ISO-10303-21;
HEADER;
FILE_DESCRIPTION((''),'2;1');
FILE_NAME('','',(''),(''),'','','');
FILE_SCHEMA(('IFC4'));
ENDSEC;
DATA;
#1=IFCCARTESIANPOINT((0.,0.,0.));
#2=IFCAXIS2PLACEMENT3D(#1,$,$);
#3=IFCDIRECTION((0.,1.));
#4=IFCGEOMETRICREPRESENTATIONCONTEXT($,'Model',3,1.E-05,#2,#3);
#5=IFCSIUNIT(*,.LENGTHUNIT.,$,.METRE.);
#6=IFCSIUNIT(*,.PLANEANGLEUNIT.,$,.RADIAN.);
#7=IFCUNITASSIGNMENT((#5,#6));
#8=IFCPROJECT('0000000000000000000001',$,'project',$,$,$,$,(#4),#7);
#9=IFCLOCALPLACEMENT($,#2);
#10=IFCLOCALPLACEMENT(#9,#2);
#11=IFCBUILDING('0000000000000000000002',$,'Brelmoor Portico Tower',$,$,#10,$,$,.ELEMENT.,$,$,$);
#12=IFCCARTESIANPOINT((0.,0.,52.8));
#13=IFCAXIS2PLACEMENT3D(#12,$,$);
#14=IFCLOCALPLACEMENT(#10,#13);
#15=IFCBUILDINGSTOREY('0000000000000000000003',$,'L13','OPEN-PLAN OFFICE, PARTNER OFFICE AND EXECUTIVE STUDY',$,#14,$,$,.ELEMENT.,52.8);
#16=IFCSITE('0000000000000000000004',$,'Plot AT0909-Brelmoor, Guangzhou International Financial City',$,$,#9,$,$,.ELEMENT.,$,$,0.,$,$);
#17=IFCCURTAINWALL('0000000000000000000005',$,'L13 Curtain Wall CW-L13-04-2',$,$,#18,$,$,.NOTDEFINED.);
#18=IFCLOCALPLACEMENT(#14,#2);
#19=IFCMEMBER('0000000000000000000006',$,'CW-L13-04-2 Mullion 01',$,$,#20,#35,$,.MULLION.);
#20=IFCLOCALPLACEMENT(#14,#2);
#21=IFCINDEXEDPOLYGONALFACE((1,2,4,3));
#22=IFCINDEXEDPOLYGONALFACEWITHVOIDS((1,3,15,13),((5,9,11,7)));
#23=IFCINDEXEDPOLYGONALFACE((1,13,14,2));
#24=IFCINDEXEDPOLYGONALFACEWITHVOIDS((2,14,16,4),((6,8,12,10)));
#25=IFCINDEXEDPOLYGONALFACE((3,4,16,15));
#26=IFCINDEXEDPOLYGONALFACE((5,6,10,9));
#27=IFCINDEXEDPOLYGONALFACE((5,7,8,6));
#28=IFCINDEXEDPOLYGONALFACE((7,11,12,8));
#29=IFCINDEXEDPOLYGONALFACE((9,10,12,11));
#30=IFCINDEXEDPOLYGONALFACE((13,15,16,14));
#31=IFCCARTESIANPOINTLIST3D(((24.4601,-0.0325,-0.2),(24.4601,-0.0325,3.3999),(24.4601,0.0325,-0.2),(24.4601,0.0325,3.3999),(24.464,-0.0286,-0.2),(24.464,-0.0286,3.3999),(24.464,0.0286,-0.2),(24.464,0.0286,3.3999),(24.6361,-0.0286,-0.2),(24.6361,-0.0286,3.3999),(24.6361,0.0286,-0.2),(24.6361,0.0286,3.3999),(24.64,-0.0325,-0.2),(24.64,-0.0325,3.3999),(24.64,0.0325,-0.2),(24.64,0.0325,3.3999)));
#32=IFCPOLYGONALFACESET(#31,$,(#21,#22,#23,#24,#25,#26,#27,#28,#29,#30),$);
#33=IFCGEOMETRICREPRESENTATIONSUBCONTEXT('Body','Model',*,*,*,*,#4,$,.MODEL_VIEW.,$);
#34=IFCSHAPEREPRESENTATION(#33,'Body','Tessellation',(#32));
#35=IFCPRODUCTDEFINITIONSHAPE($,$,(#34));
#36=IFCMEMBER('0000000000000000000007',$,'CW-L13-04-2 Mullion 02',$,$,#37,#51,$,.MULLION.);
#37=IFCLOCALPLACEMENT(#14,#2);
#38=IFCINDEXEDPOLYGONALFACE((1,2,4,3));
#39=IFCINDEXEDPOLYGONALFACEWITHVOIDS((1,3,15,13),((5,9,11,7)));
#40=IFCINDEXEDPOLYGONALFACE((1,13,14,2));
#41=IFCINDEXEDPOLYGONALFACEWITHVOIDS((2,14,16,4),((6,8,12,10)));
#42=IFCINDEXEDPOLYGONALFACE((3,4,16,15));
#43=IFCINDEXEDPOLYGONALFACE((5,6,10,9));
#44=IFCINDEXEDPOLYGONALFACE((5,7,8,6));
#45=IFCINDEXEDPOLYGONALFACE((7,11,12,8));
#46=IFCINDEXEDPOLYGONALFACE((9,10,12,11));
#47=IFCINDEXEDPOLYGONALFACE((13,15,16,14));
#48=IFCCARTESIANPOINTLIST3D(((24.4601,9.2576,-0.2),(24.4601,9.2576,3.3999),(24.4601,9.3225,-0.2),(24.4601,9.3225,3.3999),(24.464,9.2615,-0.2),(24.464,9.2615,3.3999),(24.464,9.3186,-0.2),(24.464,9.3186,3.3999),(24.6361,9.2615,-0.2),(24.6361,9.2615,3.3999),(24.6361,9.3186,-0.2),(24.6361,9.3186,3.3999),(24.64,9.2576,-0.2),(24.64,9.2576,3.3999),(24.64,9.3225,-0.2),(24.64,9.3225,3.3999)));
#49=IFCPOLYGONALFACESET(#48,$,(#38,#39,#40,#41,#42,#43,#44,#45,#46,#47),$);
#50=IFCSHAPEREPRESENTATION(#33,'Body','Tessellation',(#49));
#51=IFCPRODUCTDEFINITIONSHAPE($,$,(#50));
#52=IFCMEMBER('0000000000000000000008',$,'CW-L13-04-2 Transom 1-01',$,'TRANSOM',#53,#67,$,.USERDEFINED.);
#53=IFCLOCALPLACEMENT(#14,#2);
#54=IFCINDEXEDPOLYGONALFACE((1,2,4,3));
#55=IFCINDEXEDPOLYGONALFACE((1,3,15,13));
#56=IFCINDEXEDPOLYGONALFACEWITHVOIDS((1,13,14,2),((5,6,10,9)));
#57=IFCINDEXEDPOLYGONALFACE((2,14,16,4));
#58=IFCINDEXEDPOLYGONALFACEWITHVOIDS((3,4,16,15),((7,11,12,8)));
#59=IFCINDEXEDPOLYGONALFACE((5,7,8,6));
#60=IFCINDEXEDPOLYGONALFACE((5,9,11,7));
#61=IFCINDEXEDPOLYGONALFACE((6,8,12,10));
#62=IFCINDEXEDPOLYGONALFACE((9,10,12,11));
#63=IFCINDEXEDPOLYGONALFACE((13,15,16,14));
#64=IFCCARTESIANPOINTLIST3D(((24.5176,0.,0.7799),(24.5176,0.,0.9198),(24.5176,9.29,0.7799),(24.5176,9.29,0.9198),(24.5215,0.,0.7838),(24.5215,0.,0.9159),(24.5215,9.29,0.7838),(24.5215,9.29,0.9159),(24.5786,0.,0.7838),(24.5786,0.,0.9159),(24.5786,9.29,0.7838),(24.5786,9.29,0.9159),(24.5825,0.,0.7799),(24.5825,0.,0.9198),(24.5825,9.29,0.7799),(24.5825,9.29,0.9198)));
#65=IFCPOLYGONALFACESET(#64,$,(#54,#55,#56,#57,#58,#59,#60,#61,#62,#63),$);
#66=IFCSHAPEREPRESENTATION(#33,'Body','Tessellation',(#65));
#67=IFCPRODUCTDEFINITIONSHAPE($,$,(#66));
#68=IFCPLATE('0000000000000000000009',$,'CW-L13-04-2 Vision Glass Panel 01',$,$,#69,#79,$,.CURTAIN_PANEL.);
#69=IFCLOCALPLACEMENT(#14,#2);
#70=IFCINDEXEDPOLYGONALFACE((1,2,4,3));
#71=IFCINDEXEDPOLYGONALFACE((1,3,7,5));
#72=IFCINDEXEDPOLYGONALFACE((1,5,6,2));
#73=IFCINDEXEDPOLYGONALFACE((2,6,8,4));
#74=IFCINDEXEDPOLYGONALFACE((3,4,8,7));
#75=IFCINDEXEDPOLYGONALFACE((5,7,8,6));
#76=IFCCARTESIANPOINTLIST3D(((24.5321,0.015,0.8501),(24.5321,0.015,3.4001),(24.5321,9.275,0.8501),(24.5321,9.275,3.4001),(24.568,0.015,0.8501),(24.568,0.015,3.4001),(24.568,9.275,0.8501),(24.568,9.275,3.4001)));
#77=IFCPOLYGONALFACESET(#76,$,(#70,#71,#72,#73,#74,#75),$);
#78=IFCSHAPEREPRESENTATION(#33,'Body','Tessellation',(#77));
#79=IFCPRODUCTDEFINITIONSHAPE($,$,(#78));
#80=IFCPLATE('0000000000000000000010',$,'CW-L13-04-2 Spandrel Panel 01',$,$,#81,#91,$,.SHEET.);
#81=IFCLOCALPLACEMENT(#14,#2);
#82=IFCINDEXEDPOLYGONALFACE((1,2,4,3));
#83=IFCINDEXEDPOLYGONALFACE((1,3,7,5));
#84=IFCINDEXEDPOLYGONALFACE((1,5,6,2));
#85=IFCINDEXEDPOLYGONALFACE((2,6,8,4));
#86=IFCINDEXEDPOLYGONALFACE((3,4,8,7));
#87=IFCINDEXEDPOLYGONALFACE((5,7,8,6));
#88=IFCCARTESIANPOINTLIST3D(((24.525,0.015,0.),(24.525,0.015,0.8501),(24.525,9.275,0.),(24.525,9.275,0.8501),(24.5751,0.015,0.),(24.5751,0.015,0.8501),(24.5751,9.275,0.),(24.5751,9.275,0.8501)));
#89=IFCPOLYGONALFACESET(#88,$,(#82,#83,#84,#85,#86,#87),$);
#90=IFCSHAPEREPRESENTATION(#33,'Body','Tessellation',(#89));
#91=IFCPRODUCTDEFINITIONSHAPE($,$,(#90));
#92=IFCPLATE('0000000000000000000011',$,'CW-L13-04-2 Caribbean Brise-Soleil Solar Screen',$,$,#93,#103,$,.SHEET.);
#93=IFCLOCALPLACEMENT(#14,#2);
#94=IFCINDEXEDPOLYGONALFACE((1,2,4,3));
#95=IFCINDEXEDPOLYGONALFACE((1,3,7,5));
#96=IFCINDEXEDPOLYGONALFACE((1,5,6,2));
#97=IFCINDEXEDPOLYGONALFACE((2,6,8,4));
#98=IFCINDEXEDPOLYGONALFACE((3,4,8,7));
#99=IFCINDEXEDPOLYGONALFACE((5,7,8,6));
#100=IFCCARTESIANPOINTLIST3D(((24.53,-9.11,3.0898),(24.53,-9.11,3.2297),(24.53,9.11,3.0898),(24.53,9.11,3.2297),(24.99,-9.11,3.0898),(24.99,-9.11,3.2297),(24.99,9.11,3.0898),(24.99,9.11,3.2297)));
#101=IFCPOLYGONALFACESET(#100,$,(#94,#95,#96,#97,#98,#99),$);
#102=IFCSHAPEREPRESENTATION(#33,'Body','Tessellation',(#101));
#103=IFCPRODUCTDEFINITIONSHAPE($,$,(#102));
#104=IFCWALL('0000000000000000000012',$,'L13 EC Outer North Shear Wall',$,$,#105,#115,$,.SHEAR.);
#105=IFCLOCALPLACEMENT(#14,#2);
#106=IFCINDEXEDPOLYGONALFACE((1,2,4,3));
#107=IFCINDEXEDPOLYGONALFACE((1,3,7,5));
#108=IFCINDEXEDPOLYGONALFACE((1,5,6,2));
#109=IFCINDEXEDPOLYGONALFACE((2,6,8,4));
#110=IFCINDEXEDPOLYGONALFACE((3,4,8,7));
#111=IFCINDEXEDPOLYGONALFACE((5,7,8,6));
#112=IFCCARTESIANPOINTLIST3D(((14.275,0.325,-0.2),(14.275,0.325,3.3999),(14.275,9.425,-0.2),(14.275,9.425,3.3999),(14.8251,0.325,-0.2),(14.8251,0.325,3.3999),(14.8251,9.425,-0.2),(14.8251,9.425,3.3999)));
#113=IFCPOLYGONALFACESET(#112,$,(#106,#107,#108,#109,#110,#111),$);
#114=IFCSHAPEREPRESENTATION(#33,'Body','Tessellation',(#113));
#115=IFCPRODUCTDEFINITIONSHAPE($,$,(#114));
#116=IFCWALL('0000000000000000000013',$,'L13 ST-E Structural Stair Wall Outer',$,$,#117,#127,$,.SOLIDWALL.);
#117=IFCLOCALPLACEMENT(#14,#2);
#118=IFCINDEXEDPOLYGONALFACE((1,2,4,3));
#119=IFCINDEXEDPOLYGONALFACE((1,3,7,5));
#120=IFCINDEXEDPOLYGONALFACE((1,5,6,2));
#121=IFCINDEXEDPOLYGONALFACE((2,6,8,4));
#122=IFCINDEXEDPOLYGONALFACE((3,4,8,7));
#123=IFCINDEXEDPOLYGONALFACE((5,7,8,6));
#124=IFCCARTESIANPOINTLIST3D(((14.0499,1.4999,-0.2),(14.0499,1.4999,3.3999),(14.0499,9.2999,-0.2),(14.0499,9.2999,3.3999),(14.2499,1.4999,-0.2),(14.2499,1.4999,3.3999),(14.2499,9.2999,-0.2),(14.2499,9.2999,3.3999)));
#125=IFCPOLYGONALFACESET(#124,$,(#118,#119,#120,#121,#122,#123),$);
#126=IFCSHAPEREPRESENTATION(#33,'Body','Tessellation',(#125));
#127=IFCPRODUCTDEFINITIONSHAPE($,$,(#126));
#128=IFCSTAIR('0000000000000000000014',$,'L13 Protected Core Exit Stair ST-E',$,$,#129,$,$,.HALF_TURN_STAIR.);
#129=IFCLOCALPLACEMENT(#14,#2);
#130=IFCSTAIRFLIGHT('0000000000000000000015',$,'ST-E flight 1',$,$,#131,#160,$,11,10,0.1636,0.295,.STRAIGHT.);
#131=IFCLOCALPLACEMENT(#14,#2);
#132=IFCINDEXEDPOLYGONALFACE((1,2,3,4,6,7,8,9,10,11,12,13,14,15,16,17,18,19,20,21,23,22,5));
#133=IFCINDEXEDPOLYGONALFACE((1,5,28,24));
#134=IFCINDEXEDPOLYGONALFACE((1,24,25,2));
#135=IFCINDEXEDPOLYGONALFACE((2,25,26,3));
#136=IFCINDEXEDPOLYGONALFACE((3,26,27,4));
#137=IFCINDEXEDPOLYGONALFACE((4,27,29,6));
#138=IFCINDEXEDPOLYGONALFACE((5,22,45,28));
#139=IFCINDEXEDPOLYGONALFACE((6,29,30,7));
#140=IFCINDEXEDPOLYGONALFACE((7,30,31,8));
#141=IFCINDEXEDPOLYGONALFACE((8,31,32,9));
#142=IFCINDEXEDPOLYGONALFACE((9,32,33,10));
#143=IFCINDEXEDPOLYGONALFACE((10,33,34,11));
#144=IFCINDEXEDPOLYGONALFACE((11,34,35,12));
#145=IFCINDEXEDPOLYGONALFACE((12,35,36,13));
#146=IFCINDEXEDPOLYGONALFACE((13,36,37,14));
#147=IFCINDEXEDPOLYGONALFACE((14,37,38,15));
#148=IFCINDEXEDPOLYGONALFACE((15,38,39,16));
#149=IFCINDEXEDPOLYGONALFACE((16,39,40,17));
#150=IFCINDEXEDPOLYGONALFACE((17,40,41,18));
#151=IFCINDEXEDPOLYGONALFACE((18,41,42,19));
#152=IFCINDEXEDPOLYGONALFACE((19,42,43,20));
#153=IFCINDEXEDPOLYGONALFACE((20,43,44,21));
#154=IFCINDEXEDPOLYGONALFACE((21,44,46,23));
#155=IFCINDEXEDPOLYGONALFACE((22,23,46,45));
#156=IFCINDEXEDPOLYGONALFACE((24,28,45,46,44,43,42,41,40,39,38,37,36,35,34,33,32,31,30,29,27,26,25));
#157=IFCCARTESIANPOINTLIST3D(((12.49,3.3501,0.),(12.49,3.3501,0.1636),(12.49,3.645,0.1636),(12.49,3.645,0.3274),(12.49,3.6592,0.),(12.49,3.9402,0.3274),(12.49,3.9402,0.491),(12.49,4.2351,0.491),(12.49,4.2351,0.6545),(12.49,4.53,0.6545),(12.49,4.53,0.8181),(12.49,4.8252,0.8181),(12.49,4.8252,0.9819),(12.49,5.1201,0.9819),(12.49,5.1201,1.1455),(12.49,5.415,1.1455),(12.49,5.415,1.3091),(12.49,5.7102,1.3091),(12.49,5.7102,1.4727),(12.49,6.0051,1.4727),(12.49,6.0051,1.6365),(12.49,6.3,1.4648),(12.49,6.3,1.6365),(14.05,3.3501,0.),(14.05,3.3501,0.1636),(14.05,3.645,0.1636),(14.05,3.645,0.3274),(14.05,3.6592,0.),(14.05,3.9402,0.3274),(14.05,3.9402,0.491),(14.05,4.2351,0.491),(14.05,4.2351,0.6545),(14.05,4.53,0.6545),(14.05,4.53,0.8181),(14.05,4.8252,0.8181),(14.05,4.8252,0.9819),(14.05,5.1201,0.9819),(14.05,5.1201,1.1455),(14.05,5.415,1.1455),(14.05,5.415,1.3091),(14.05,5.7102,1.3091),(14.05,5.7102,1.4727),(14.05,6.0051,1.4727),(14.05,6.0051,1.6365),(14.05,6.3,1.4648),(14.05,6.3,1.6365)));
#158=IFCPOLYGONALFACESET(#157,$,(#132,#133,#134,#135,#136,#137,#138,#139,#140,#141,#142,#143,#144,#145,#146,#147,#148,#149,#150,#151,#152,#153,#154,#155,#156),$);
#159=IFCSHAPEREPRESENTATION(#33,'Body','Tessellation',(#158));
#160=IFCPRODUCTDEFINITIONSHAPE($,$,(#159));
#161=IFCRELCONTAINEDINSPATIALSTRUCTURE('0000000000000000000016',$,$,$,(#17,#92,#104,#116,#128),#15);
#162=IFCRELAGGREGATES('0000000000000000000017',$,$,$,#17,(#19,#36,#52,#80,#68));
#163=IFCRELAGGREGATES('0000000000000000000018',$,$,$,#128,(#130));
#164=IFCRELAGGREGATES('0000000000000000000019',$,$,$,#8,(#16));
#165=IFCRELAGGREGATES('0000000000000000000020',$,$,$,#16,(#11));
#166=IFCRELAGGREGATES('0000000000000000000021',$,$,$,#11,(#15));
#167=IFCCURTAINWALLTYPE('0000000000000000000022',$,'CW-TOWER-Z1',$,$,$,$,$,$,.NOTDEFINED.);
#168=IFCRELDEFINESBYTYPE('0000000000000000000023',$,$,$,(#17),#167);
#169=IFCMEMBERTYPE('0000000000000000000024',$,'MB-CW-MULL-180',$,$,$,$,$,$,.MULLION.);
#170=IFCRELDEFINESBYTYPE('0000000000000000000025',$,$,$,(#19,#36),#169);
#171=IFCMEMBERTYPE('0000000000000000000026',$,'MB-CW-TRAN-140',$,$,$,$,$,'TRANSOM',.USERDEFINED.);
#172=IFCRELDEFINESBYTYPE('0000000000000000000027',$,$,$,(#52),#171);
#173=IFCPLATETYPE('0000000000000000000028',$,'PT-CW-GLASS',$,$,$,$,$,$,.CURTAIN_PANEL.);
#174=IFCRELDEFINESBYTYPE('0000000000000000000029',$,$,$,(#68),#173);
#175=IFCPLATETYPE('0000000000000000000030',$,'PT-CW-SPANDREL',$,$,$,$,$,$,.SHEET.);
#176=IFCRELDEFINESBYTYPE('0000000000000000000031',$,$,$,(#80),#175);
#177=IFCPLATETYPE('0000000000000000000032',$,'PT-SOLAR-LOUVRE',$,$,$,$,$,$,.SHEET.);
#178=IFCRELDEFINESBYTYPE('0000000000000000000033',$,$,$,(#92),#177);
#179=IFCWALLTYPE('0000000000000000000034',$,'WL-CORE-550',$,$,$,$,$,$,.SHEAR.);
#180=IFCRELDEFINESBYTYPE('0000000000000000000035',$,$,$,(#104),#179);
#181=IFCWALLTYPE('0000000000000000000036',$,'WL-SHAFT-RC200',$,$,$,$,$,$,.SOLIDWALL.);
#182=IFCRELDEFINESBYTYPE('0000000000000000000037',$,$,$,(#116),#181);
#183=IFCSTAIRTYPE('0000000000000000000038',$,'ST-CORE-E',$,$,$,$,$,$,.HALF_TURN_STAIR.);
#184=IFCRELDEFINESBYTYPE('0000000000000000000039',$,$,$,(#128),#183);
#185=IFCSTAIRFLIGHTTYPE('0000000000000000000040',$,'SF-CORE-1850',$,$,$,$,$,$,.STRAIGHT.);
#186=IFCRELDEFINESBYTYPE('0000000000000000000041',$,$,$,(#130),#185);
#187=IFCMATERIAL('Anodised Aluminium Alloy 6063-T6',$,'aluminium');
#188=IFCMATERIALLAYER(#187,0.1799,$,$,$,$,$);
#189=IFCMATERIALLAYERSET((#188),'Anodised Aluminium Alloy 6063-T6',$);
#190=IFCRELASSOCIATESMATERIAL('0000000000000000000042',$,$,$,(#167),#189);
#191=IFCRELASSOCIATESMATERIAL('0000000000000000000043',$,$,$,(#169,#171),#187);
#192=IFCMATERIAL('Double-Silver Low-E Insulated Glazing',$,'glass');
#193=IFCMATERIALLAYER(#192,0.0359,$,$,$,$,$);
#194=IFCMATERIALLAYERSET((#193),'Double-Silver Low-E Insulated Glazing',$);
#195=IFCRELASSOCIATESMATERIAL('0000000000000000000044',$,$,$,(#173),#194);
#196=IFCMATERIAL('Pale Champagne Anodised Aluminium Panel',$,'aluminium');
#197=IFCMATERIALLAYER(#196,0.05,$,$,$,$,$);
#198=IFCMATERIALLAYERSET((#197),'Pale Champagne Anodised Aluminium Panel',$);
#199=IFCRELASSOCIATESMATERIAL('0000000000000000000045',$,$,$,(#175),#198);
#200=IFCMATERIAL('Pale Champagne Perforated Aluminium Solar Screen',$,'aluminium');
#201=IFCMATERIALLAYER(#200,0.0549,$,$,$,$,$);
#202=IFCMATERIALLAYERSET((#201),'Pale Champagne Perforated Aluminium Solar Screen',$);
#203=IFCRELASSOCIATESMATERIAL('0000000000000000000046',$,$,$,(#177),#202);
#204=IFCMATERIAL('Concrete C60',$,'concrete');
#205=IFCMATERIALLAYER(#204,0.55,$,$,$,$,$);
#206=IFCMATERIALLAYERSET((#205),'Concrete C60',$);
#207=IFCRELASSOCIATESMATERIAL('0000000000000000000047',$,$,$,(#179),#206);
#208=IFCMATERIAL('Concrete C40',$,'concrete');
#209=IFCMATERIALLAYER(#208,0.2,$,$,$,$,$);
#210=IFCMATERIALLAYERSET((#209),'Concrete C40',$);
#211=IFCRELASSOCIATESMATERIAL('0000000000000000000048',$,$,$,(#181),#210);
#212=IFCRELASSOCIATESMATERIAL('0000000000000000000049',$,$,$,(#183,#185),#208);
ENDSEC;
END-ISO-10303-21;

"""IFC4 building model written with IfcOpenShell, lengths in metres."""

from ifc_helpers import new_model, si_unit, direction, frame, frame_2d, origin, origin_2d, place, context, subcontext, project, spatial, polyline, rectangle, hollow_rectangle, outline, extrude, material, layer, layer_set, material_profile, profile_set, type_object, element, aggregate, save


model = new_model("IFC4")

# Units and contexts
model_context = context("Model", 3, precision=1e-05, world=origin(), true_north=direction((0.0, 1.0)))
body_context = subcontext(model_context, "Body", "Model", "MODEL_VIEW")
ifc_project = project(units=[si_unit("LENGTHUNIT", "METRE"), si_unit("PLANEANGLEUNIT", "RADIAN")], contexts=[model_context])

# Site, building, storey
site_placement = place(None, origin())
site = spatial("IfcSite", under=ifc_project, at=site_placement, Name="Plot AT0909-Brelmoor, Guangzhou International Financial City", CompositionType="ELEMENT", RefElevation=0.0)
building_placement = place(site_placement, origin())
building = spatial("IfcBuilding", under=site, at=building_placement, Name="Brelmoor Portico Tower", CompositionType="ELEMENT")
storey_placement = place(building_placement, frame((0.0, 0.0, 52.8)))
storey = spatial("IfcBuildingStorey", under=building, at=storey_placement, Name="L13", Description="OPEN-PLAN OFFICE, PARTNER OFFICE AND EXECUTIVE STUDY", CompositionType="ELEMENT", Elevation=52.8)

# Curtain wall, members, plates
ifc_material_1 = material(Name="Anodised Aluminium Alloy 6063-T6", Category="aluminium")
ifc_layer_1 = layer(ifc_material_1, 0.1799)
ifc_layer_set_1 = layer_set([ifc_layer_1], Name="Anodised Aluminium Alloy 6063-T6")
curtain_wall_type = type_object("IfcCurtainWallType", Name="CW-TOWER-Z1", PredefinedType="NOTDEFINED", material=ifc_layer_set_1)
curtain_wall_placement = place(storey_placement, origin())
curtain_wall = element("IfcCurtainWall", 1, at=curtain_wall_placement, inside=storey, type_object=curtain_wall_type, Name="L13 Curtain Wall CW-L13-04-2", PredefinedType="NOTDEFINED")
ifc_material_profile_1 = material_profile(ifc_material_1, hollow_rectangle(XDim=0.0649, YDim=0.1799, WallThickness=0.0039, at=origin_2d()), Name="ALU MULLION 65x180")
ifc_profile_set_1 = profile_set([ifc_material_profile_1], Name="Anodised Aluminium Alloy 6063-T6")
member_type_1 = type_object("IfcMemberType", Name="MB-CW-MULL-180", PredefinedType="MULLION", material=ifc_profile_set_1)
member_1_placement = place(storey_placement, frame((24.55, 0.0, -0.2), z_axis=(0.0, 0.0, 1.0), x_axis=(0.0, 1.0, 0.0)))
member_1 = element("IfcMember", 2, at=member_1_placement, type_object=member_type_1, Name="CW-L13-04-2 Mullion 01", PredefinedType="MULLION", context=body_context, shape_type="SweptSolid", body=[
    extrude(hollow_rectangle(XDim=0.0649, YDim=0.1799, WallThickness=0.0039, at=origin_2d()), origin(), (0.0, 0.0, 1.0), 3.5999),
])
member_2_placement = place(storey_placement, frame((24.55, 9.29, -0.2), z_axis=(0.0, 0.0, 1.0), x_axis=(0.0, 1.0, 0.0)))
member_2 = element("IfcMember", 3, at=member_2_placement, type_object=member_type_1, Name="CW-L13-04-2 Mullion 02", PredefinedType="MULLION", context=body_context, shape_type="SweptSolid", body=[
    extrude(hollow_rectangle(XDim=0.0649, YDim=0.1799, WallThickness=0.0039, at=origin_2d()), origin(), (0.0, 0.0, 1.0), 3.5999),
])
ifc_material_profile_2 = material_profile(ifc_material_1, hollow_rectangle(XDim=0.0649, YDim=0.1399, WallThickness=0.0039, at=origin_2d()), Name="ALU TRANSOM 65x140")
ifc_profile_set_2 = profile_set([ifc_material_profile_2], Name="Anodised Aluminium Alloy 6063-T6")
member_type_2 = type_object("IfcMemberType", Name="MB-CW-TRAN-140", ElementType="TRANSOM", PredefinedType="USERDEFINED", material=ifc_profile_set_2)
member_3_placement = place(storey_placement, frame((24.55, 0.0, 0.8499), z_axis=(0.0, 1.0, 0.0), x_axis=(-1.0, 0.0, 0.0)))
member_3 = element("IfcMember", 4, at=member_3_placement, type_object=member_type_2, Name="CW-L13-04-2 Transom 1-01", ObjectType="TRANSOM", PredefinedType="USERDEFINED", context=body_context, shape_type="SweptSolid", body=[
    extrude(hollow_rectangle(XDim=0.0649, YDim=0.1399, WallThickness=0.0039, at=origin_2d()), origin(), (0.0, 0.0, 1.0), 9.29),
])
ifc_material_2 = material(Name="Double-Silver Low-E Insulated Glazing", Category="glass")
ifc_layer_2 = layer(ifc_material_2, 0.0359)
ifc_layer_set_2 = layer_set([ifc_layer_2], Name="Double-Silver Low-E Insulated Glazing")
plate_type_1 = type_object("IfcPlateType", Name="PT-CW-GLASS", PredefinedType="CURTAIN_PANEL", material=ifc_layer_set_2)
plate_1_placement = place(storey_placement, frame((24.55, 4.645, 0.8501), z_axis=(0.0, 0.0, 1.0), x_axis=(0.0, 1.0, 0.0)))
plate_1 = element("IfcPlate", 5, at=plate_1_placement, type_object=plate_type_1, Name="CW-L13-04-2 Vision Glass Panel 01", PredefinedType="CURTAIN_PANEL", context=body_context, shape_type="SweptSolid", body=[
    extrude(rectangle(XDim=9.26, YDim=0.0359, at=origin_2d()), origin(), (0.0, 0.0, 1.0), 2.55),
])
ifc_material_3 = material(Name="Pale Champagne Anodised Aluminium Panel", Category="aluminium")
ifc_layer_3 = layer(ifc_material_3, 0.05)
ifc_layer_set_3 = layer_set([ifc_layer_3], Name="Pale Champagne Anodised Aluminium Panel")
plate_type_2 = type_object("IfcPlateType", Name="PT-CW-SPANDREL", PredefinedType="SHEET", material=ifc_layer_set_3)
plate_2_placement = place(storey_placement, frame((24.55, 4.645, 0.0), z_axis=(0.0, 0.0, 1.0), x_axis=(0.0, 1.0, 0.0)))
plate_2 = element("IfcPlate", 6, at=plate_2_placement, type_object=plate_type_2, Name="CW-L13-04-2 Spandrel Panel 01", PredefinedType="SHEET", context=body_context, shape_type="SweptSolid", body=[
    extrude(rectangle(XDim=9.26, YDim=0.05, at=origin_2d()), origin(), (0.0, 0.0, 1.0), 0.8501),
])
aggregate(curtain_wall, [member_1, member_2, member_3, plate_2, plate_1])

# Plate
ifc_material_4 = material(Name="Pale Champagne Perforated Aluminium Solar Screen", Category="aluminium")
ifc_layer_4 = layer(ifc_material_4, 0.0549)
ifc_layer_set_4 = layer_set([ifc_layer_4], Name="Pale Champagne Perforated Aluminium Solar Screen")
plate_type_3 = type_object("IfcPlateType", Name="PT-SOLAR-LOUVRE", PredefinedType="SHEET", material=ifc_layer_set_4)
plate_3_placement = place(storey_placement, frame((24.76, 0.0, 3.0898), z_axis=(0.0, 0.0, 1.0), x_axis=(0.0, 1.0, 0.0)))
element("IfcPlate", 7, at=plate_3_placement, inside=storey, type_object=plate_type_3, Name="CW-L13-04-2 Caribbean Brise-Soleil Solar Screen", PredefinedType="SHEET", context=body_context, shape_type="SweptSolid", body=[
    extrude(rectangle(XDim=18.22, YDim=0.46, at=origin_2d()), origin(), (0.0, 0.0, 1.0), 0.1399),
])

# Walls
ifc_material_5 = material(Name="Concrete C60", Category="concrete")
ifc_layer_5 = layer(ifc_material_5, 0.55)
ifc_layer_set_5 = layer_set([ifc_layer_5], Name="Concrete C60")
wall_type_1 = type_object("IfcWallType", Name="WL-CORE-550", PredefinedType="SHEAR", material=ifc_layer_set_5)
wall_1_placement = place(storey_placement, frame((14.55, 0.325, -0.2), z_axis=(0.0, 0.0, 1.0), x_axis=(0.0, 1.0, 0.0)))
element("IfcWall", 8, at=wall_1_placement, inside=storey, type_object=wall_type_1, Name="L13 EC Outer North Shear Wall", PredefinedType="SHEAR", context=body_context, shape_type="SweptSolid", body=[
    extrude(rectangle(XDim=9.1001, YDim=0.55, at=frame_2d((4.55, 0.0))), origin(), (0.0, 0.0, 1.0), 3.5999),
])
ifc_material_6 = material(Name="Concrete C40", Category="concrete")
ifc_layer_6 = layer(ifc_material_6, 0.2)
ifc_layer_set_6 = layer_set([ifc_layer_6], Name="Concrete C40")
wall_type_2 = type_object("IfcWallType", Name="WL-SHAFT-RC200", PredefinedType="SOLIDWALL", material=ifc_layer_set_6)
wall_2_placement = place(storey_placement, frame((14.1499, 1.5, -0.2), z_axis=(0.0, 0.0, 1.0), x_axis=(0.0, 1.0, 0.0)))
element("IfcWall", 9, at=wall_2_placement, inside=storey, type_object=wall_type_2, Name="L13 ST-E Structural Stair Wall Outer", PredefinedType="SOLIDWALL", context=body_context, shape_type="SweptSolid", body=[
    extrude(rectangle(XDim=7.8, YDim=0.2, at=frame_2d((3.8999, 0.0))), origin(), (0.0, 0.0, 1.0), 3.5999),
])

# Stair, stair flight
stair_type = type_object("IfcStairType", Name="ST-CORE-E", PredefinedType="HALF_TURN_STAIR", material=ifc_material_6)
stair_placement = place(storey_placement, origin())
stair = element("IfcStair", 10, at=stair_placement, inside=storey, type_object=stair_type, Name="L13 Protected Core Exit Stair ST-E", PredefinedType="HALF_TURN_STAIR")
stair_flight_type = type_object("IfcStairFlightType", Name="SF-CORE-1850", PredefinedType="STRAIGHT", material=ifc_material_6)
stair_flight_placement = place(storey_placement, frame((13.27, 3.3501, 0.0), z_axis=(0.0, 0.0, 1.0), x_axis=(0.0, 1.0, 0.0)))
stair_flight = element("IfcStairFlight", 11, at=stair_flight_placement, type_object=stair_flight_type, Name="ST-E flight 1", NumberOfRisers=11, NumberOfTreads=10, PredefinedType="STRAIGHT", RiserHeight=0.1636, TreadLength=0.295, context=body_context, shape_type="SweptSolid", body=[
    extrude(outline(polyline([(0.0, 0.0), (0.0, 0.1636), (0.2949, 0.1636), (0.2949, 0.3274), (0.5901, 0.3274), (0.5901, 0.491), (0.885, 0.491), (0.885, 0.6545), (1.1799, 0.6545), (1.1799, 0.8181), (1.4751, 0.8181), (1.4751, 0.9819), (1.77, 0.9819), (1.77, 1.1455), (2.0649, 1.1455), (2.0649, 1.3091), (2.3601, 1.3091), (2.3601, 1.4727), (2.655, 1.4727), (2.655, 1.6365), (2.95, 1.6365), (2.95, 1.8), (2.95, 1.4648), (0.3091, 0.0), (0.0, 0.0)])), frame((0.0, 0.78, 0.0), z_axis=(0.0, -1.0, 0.0), x_axis=(1.0, 0.0, 0.0)), (0.0, 0.0, 1.0), 1.5601),
])
aggregate(stair, [stair_flight])

save(model, "model.ifc")
